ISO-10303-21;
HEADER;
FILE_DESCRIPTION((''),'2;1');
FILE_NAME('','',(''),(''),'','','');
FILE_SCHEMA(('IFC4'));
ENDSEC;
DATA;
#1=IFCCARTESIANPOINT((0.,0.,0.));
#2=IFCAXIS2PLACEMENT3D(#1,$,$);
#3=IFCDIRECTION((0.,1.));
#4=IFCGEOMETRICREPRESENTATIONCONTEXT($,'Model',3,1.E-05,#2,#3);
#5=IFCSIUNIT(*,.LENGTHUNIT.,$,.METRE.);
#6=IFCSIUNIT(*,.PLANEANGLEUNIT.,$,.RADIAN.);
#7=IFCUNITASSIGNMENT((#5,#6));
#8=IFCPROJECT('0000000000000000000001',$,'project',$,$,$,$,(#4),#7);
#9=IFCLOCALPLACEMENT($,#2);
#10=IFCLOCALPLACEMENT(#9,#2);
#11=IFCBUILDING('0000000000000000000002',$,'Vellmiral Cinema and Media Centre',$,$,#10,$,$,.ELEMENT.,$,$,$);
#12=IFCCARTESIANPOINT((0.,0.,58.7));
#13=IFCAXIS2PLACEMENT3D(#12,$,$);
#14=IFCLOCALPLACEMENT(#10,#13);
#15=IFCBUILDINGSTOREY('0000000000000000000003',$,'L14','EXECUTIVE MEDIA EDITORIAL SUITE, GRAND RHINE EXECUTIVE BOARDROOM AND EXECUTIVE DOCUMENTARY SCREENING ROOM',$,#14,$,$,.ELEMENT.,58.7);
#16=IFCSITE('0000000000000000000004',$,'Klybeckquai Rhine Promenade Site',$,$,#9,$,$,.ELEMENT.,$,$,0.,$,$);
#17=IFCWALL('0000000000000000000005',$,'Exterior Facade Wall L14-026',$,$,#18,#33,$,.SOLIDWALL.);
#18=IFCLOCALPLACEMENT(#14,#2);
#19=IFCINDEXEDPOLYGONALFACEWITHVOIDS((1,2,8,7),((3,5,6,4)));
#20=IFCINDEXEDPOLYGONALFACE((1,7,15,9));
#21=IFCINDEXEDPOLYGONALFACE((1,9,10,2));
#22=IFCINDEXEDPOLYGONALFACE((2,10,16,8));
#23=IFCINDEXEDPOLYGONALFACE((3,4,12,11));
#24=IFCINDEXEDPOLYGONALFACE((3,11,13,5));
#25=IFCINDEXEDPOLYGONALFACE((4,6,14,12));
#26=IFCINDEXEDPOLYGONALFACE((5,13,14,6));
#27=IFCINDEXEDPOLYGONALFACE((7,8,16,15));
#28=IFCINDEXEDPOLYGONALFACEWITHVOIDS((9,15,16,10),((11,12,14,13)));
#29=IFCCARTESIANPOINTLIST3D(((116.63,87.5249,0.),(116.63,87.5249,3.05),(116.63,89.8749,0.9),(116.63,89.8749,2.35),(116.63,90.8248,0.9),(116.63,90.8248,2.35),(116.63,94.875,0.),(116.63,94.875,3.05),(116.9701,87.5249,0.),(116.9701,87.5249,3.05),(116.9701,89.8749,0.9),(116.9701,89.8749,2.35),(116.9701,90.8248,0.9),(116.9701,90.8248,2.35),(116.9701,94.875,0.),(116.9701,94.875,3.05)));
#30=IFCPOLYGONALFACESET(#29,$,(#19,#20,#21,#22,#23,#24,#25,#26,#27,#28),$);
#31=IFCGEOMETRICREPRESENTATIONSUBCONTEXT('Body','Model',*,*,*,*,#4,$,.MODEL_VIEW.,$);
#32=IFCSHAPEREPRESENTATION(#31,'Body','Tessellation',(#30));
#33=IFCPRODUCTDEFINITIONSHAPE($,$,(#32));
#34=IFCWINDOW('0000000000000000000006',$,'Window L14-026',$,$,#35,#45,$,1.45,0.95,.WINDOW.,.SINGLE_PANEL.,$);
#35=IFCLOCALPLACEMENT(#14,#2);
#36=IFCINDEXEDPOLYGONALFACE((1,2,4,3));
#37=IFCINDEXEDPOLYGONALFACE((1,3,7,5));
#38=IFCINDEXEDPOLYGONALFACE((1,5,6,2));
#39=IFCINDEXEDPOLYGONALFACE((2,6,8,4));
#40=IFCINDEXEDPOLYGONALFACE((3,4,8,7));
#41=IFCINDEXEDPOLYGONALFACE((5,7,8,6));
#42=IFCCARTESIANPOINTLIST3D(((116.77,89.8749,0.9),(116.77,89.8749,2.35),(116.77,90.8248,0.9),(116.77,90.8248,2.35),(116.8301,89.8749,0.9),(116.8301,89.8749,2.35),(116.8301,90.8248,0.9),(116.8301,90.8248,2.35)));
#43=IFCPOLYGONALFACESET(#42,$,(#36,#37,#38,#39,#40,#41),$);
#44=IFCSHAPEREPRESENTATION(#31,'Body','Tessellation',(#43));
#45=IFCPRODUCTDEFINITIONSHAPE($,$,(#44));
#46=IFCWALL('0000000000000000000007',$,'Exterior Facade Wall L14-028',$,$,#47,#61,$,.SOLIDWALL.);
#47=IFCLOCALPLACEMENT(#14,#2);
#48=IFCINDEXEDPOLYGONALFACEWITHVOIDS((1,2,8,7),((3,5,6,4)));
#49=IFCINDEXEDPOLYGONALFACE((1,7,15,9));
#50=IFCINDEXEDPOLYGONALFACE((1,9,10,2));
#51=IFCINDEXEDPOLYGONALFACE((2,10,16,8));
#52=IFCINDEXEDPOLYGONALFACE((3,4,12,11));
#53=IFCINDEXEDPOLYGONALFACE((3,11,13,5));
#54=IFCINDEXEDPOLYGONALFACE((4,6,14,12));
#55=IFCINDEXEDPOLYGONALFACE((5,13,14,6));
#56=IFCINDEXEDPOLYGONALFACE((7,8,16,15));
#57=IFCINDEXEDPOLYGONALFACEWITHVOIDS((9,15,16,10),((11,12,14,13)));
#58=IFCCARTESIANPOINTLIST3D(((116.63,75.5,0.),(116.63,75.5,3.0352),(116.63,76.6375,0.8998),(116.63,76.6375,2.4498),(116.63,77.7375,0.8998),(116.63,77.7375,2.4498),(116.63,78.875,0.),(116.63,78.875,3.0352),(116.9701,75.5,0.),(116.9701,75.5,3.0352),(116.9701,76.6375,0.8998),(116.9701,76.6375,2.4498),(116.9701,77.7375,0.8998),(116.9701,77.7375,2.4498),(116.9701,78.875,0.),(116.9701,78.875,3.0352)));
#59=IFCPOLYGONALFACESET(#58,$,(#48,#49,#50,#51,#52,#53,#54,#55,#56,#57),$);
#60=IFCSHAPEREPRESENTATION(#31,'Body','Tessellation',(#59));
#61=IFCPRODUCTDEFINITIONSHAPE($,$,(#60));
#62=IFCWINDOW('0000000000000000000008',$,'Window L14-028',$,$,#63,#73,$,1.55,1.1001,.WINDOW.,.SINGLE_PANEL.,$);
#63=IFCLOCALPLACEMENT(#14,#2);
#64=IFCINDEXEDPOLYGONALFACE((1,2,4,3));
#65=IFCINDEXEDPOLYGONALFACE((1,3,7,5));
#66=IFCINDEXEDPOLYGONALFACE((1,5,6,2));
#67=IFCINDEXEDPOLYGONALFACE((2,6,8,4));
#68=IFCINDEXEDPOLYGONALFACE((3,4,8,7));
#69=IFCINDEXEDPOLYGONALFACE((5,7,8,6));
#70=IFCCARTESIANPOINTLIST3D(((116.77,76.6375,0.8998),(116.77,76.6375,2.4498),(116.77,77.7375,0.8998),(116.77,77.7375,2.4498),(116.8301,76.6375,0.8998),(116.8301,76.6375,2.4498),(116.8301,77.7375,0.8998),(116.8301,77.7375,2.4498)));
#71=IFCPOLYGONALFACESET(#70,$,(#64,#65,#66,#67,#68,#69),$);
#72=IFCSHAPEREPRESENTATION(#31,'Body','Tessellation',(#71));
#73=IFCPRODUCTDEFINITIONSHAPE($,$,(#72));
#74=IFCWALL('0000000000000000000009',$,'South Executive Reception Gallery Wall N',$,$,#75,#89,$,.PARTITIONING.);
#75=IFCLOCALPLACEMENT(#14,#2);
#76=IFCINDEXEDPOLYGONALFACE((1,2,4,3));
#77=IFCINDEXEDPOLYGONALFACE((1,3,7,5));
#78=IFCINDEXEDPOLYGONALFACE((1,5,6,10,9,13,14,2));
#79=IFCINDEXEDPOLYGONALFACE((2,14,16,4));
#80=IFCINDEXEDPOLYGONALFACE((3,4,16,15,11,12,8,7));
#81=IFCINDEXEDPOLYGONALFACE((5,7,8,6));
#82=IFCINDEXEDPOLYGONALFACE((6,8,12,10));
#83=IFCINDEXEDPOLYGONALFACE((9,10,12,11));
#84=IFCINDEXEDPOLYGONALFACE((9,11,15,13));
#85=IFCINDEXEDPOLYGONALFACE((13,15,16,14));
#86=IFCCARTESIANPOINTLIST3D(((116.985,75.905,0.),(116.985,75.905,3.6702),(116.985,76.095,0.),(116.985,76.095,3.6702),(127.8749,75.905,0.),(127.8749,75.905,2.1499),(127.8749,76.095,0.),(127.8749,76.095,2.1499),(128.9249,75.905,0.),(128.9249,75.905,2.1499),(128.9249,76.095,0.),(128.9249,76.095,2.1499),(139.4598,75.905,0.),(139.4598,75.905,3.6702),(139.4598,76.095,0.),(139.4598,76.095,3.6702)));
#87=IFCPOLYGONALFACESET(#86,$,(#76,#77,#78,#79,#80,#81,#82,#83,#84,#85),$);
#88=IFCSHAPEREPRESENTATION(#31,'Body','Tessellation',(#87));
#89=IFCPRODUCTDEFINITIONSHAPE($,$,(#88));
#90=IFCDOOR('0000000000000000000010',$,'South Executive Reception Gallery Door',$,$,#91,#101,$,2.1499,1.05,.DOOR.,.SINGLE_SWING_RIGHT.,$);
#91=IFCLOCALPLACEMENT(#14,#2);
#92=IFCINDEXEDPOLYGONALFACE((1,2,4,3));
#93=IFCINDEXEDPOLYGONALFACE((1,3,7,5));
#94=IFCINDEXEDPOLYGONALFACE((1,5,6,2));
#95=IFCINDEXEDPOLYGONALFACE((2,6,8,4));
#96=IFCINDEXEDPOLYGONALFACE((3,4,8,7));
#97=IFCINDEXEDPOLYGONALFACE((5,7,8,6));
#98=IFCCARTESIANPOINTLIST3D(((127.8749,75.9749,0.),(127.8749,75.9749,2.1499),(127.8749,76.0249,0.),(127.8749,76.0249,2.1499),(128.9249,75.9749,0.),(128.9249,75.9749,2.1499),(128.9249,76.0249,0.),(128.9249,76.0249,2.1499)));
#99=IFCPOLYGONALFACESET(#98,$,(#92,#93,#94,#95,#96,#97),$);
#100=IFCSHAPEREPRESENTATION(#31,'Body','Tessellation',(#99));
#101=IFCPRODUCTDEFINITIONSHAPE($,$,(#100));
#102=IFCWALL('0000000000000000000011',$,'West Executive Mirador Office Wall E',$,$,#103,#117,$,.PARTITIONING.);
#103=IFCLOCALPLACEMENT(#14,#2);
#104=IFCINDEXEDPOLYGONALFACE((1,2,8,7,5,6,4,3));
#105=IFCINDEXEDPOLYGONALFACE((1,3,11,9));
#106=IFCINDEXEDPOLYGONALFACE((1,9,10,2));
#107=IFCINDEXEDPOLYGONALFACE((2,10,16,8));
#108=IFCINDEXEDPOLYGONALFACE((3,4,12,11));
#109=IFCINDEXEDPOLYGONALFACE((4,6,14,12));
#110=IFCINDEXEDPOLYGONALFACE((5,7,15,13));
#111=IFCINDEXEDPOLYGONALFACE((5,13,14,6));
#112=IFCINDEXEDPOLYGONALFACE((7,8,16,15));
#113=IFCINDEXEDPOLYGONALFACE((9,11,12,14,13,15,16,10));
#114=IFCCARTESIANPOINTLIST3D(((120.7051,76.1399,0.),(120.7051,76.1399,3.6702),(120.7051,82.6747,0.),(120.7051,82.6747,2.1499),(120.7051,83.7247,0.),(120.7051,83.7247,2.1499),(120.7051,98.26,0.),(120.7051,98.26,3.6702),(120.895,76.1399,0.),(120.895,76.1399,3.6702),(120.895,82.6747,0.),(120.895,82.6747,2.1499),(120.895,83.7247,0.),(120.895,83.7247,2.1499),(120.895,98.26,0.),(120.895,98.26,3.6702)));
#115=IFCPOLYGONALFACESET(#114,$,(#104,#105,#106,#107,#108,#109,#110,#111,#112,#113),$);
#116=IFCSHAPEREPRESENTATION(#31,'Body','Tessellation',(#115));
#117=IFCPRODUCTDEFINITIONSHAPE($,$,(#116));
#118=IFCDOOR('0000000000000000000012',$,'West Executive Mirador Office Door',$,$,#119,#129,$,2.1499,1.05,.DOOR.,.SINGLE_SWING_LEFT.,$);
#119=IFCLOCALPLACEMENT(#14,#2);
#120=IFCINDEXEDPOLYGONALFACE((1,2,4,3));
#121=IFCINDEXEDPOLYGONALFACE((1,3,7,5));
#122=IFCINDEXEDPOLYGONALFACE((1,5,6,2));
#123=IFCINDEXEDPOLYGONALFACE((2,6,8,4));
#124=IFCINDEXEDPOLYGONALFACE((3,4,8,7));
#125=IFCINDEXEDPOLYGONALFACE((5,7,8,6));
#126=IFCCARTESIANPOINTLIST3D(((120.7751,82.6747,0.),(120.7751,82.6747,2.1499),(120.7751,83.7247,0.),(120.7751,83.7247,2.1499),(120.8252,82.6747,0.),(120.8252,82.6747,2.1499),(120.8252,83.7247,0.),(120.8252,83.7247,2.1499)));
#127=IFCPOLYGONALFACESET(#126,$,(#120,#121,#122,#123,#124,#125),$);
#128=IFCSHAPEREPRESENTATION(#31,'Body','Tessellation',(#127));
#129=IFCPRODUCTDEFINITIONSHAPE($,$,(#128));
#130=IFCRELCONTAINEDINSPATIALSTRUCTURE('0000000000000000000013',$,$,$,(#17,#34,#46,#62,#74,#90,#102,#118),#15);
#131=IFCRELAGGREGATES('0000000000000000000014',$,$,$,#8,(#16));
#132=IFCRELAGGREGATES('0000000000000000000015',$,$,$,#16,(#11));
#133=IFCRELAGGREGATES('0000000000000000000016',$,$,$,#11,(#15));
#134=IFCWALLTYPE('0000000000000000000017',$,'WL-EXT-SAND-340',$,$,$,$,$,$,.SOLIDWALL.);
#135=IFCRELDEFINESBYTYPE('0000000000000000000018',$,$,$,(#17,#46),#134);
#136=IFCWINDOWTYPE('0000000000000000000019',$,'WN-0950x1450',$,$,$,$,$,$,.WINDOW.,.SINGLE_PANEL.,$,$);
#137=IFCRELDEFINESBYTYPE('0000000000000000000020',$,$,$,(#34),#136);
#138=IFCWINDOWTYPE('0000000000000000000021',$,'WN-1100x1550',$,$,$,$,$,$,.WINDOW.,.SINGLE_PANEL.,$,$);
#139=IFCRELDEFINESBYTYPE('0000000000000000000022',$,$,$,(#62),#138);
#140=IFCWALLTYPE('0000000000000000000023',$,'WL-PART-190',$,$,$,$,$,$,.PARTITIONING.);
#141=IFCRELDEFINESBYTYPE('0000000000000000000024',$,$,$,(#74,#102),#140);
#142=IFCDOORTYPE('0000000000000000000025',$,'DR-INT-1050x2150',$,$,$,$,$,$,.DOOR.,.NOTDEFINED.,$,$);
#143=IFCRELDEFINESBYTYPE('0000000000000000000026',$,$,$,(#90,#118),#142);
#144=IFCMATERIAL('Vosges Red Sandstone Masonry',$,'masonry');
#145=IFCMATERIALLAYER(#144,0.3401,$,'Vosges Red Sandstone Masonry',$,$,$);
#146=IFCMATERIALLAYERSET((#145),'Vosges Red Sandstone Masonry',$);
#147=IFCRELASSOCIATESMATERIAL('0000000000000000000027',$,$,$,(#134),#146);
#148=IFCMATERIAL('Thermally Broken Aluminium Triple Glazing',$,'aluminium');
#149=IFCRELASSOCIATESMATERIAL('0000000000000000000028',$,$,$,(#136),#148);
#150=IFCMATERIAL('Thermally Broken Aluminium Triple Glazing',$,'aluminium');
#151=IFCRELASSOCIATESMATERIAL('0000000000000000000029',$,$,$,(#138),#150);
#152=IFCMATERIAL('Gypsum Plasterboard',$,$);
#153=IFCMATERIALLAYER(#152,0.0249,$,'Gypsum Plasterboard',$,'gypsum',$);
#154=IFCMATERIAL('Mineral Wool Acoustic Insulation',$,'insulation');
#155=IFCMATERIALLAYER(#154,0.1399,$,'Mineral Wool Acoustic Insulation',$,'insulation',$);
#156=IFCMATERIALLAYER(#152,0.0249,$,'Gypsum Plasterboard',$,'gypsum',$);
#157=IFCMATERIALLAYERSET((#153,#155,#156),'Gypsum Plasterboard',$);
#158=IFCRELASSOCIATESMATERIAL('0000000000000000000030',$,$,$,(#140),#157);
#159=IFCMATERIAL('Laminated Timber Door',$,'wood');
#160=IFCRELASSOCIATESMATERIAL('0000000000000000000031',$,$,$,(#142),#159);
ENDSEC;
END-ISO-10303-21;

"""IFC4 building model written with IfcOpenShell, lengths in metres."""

from ifc_helpers import new_model, si_unit, direction, frame, frame_2d, origin, place, context, subcontext, project, spatial, rectangle, extrude, material, layer, layer_set, type_object, element, fill, save


model = new_model("IFC4")

# Units and contexts
model_context = context("Model", 3, precision=1e-05, world=origin(), true_north=direction((0.0, 1.0)))
body_context = subcontext(model_context, "Body", "Model", "MODEL_VIEW")
ifc_project = project(units=[si_unit("LENGTHUNIT", "METRE"), si_unit("PLANEANGLEUNIT", "RADIAN")], contexts=[model_context])

# Site, building, storey
site_placement = place(None, origin())
site = spatial("IfcSite", under=ifc_project, at=site_placement, Name="Klybeckquai Rhine Promenade Site", CompositionType="ELEMENT", RefElevation=0.0)
building_placement = place(site_placement, origin())
building = spatial("IfcBuilding", under=site, at=building_placement, Name="Vellmiral Cinema and Media Centre", CompositionType="ELEMENT")
storey_placement = place(building_placement, frame((0.0, 0.0, 58.7)))
storey = spatial("IfcBuildingStorey", under=building, at=storey_placement, Name="L14", Description="EXECUTIVE MEDIA EDITORIAL SUITE, GRAND RHINE EXECUTIVE BOARDROOM AND EXECUTIVE DOCUMENTARY SCREENING ROOM", CompositionType="ELEMENT", Elevation=58.7)

# Walls, openings, windows
ifc_material_1 = material(Name="Vosges Red Sandstone Masonry", Category="masonry")
ifc_layer_1 = layer(ifc_material_1, 0.3401, Name="Vosges Red Sandstone Masonry")
ifc_layer_set_1 = layer_set([ifc_layer_1], Name="Vosges Red Sandstone Masonry")
wall_type_1 = type_object("IfcWallType", Name="WL-EXT-SAND-340", PredefinedType="SOLIDWALL", material=ifc_layer_set_1)
wall_1_placement = place(storey_placement, frame((116.8, 94.875, 0.0), z_axis=(0.0, 0.0, 1.0), x_axis=(0.0, -1.0, 0.0)))
wall_1 = element("IfcWall", 1, at=wall_1_placement, inside=storey, type_object=wall_type_1, Name="Exterior Facade Wall L14-026", PredefinedType="SOLIDWALL", context=body_context, shape_type="SweptSolid", body=[
    extrude(rectangle(XDim=7.3501, YDim=0.3401, at=frame_2d((3.675, 0.0))), origin(), (0.0, 0.0, 1.0), 3.05),
])
opening_1_placement = place(wall_1_placement, frame((4.05, 0.0, 0.8999)))
opening_1 = element("IfcOpeningElement", 2, at=opening_1_placement, cuts=wall_1, PredefinedType="OPENING", context=body_context, shape_type="SweptSolid", body=[
    extrude(rectangle(XDim=0.95, YDim=1.45, at=frame_2d((0.4751, 0.7251))), frame((0.0, 0.1821, 0.0), z_axis=(0.0, -1.0, 0.0), x_axis=(1.0, 0.0, 0.0)), (0.0, 0.0, 1.0), 0.364),
])
ifc_material_2 = material(Name="Thermally Broken Aluminium Triple Glazing", Category="aluminium")
window_type_1 = type_object("IfcWindowType", Name="WN-0950x1450", PartitioningType="SINGLE_PANEL", PredefinedType="WINDOW", material=ifc_material_2)
window_1_placement = place(opening_1_placement, origin())
window_1 = element("IfcWindow", 3, at=window_1_placement, inside=storey, type_object=window_type_1, Name="Window L14-026", OverallHeight=1.45, OverallWidth=0.95, PartitioningType="SINGLE_PANEL", PredefinedType="WINDOW", context=body_context, shape_type="SweptSolid", body=[
    extrude(rectangle(XDim=0.95, YDim=1.45, at=frame_2d((0.4751, 0.7251))), frame((0.0, 0.03, 0.0), z_axis=(0.0, -1.0, 0.0), x_axis=(1.0, 0.0, 0.0)), (0.0, 0.0, 1.0), 0.0601),
])
fill(opening_1, window_1)
wall_2_placement = place(storey_placement, frame((116.8, 78.875, 0.0), z_axis=(0.0, 0.0, 1.0), x_axis=(0.0, -1.0, 0.0)))
wall_2 = element("IfcWall", 4, at=wall_2_placement, inside=storey, type_object=wall_type_1, Name="Exterior Facade Wall L14-028", PredefinedType="SOLIDWALL", context=body_context, shape_type="SweptSolid", body=[
    extrude(rectangle(XDim=3.375, YDim=0.3401, at=frame_2d((1.6875, 0.0))), origin(), (0.0, 0.0, 1.0), 3.0352),
])
opening_2_placement = place(wall_2_placement, frame((1.1375, 0.0, 0.8999)))
opening_2 = element("IfcOpeningElement", 5, at=opening_2_placement, cuts=wall_2, PredefinedType="OPENING", context=body_context, shape_type="SweptSolid", body=[
    extrude(rectangle(XDim=1.1001, YDim=1.55, at=frame_2d((0.55, 0.7749))), frame((0.0, 0.1821, 0.0), z_axis=(0.0, -1.0, 0.0), x_axis=(1.0, 0.0, 0.0)), (0.0, 0.0, 1.0), 0.364),
])
ifc_material_3 = material(Name="Thermally Broken Aluminium Triple Glazing", Category="aluminium")
window_type_2 = type_object("IfcWindowType", Name="WN-1100x1550", PartitioningType="SINGLE_PANEL", PredefinedType="WINDOW", material=ifc_material_3)
window_2_placement = place(opening_2_placement, origin())
window_2 = element("IfcWindow", 6, at=window_2_placement, inside=storey, type_object=window_type_2, Name="Window L14-028", OverallHeight=1.55, OverallWidth=1.1001, PartitioningType="SINGLE_PANEL", PredefinedType="WINDOW", context=body_context, shape_type="SweptSolid", body=[
    extrude(rectangle(XDim=1.1001, YDim=1.55, at=frame_2d((0.55, 0.7749))), frame((0.0, 0.03, 0.0), z_axis=(0.0, -1.0, 0.0), x_axis=(1.0, 0.0, 0.0)), (0.0, 0.0, 1.0), 0.0601),
])
fill(opening_2, window_2)

# Walls, openings, doors
ifc_material_4 = material(Name="Gypsum Plasterboard")
ifc_layer_2 = layer(ifc_material_4, 0.0249, Name="Gypsum Plasterboard", Category="gypsum")
ifc_material_5 = material(Name="Mineral Wool Acoustic Insulation", Category="insulation")
ifc_layer_3 = layer(ifc_material_5, 0.1399, Name="Mineral Wool Acoustic Insulation", Category="insulation")
ifc_layer_4 = layer(ifc_material_4, 0.0249, Name="Gypsum Plasterboard", Category="gypsum")
ifc_layer_set_2 = layer_set([ifc_layer_2, ifc_layer_3, ifc_layer_4], Name="Gypsum Plasterboard")
wall_type_2 = type_object("IfcWallType", Name="WL-PART-190", PredefinedType="PARTITIONING", material=ifc_layer_set_2)
wall_3_placement = place(storey_placement, frame((116.9851, 76.0, 0.0), z_axis=(0.0, 0.0, 1.0), x_axis=(1.0, 0.0, 0.0)))
wall_3 = element("IfcWall", 7, at=wall_3_placement, inside=storey, type_object=wall_type_2, Name="South Executive Reception Gallery Wall N", PredefinedType="PARTITIONING", context=body_context, shape_type="SweptSolid", body=[
    extrude(rectangle(XDim=22.4749, YDim=0.1899, at=frame_2d((11.2373, 0.0))), origin(), (0.0, 0.0, 1.0), 3.6702),
])
opening_3_placement = place(wall_3_placement, frame((10.8899, 0.0, 0.0)))
opening_3 = element("IfcOpeningElement", 8, at=opening_3_placement, cuts=wall_3, PredefinedType="OPENING", context=body_context, shape_type="SweptSolid", body=[
    extrude(rectangle(XDim=1.05, YDim=2.1499, at=frame_2d((0.5249, 1.075))), frame((0.0, 0.1069, 0.0), z_axis=(0.0, -1.0, 0.0), x_axis=(1.0, 0.0, 0.0)), (0.0, 0.0, 1.0), 0.2139),
])
ifc_material_6 = material(Name="Laminated Timber Door", Category="wood")
door_type_1 = type_object("IfcDoorType", Name="DR-INT-1050x2150", OperationType="NOTDEFINED", PredefinedType="DOOR", material=ifc_material_6)
door_1_placement = place(opening_3_placement, origin())
door_1 = element("IfcDoor", 9, at=door_1_placement, inside=storey, type_object=door_type_1, Name="South Executive Reception Gallery Door", OperationType="SINGLE_SWING_RIGHT", OverallHeight=2.1499, OverallWidth=1.05, PredefinedType="DOOR", context=body_context, shape_type="SweptSolid", body=[
    extrude(rectangle(XDim=1.05, YDim=2.1499, at=frame_2d((0.5249, 1.075))), frame((0.0, 0.0249, 0.0), z_axis=(0.0, -1.0, 0.0), x_axis=(1.0, 0.0, 0.0)), (0.0, 0.0, 1.0), 0.05),
])
fill(opening_3, door_1)
wall_4_placement = place(storey_placement, frame((120.8, 76.1399, 0.0), z_axis=(0.0, 0.0, 1.0), x_axis=(0.0, 1.0, 0.0)))
wall_4 = element("IfcWall", 10, at=wall_4_placement, inside=storey, type_object=wall_type_2, Name="West Executive Mirador Office Wall E", PredefinedType="PARTITIONING", context=body_context, shape_type="SweptSolid", body=[
    extrude(rectangle(XDim=22.1201, YDim=0.1899, at=frame_2d((11.0601, 0.0))), origin(), (0.0, 0.0, 1.0), 3.6702),
])
opening_4_placement = place(wall_4_placement, frame((6.5349, 0.0, 0.0)))
opening_4 = element("IfcOpeningElement", 11, at=opening_4_placement, cuts=wall_4, PredefinedType="OPENING", context=body_context, shape_type="SweptSolid", body=[
    extrude(rectangle(XDim=1.05, YDim=2.1499, at=frame_2d((0.5249, 1.075))), frame((0.0, 0.1069, 0.0), z_axis=(0.0, -1.0, 0.0), x_axis=(1.0, 0.0, 0.0)), (0.0, 0.0, 1.0), 0.2139),
])
door_2_placement = place(opening_4_placement, origin())
door_2 = element("IfcDoor", 12, at=door_2_placement, inside=storey, type_object=door_type_1, Name="West Executive Mirador Office Door", OperationType="SINGLE_SWING_LEFT", OverallHeight=2.1499, OverallWidth=1.05, PredefinedType="DOOR", context=body_context, shape_type="SweptSolid", body=[
    extrude(rectangle(XDim=1.05, YDim=2.1499, at=frame_2d((0.5249, 1.075))), frame((0.0, 0.0249, 0.0), z_axis=(0.0, -1.0, 0.0), x_axis=(1.0, 0.0, 0.0)), (0.0, 0.0, 1.0), 0.05),
])
fill(opening_4, door_2)

save(model, "model.ifc")
